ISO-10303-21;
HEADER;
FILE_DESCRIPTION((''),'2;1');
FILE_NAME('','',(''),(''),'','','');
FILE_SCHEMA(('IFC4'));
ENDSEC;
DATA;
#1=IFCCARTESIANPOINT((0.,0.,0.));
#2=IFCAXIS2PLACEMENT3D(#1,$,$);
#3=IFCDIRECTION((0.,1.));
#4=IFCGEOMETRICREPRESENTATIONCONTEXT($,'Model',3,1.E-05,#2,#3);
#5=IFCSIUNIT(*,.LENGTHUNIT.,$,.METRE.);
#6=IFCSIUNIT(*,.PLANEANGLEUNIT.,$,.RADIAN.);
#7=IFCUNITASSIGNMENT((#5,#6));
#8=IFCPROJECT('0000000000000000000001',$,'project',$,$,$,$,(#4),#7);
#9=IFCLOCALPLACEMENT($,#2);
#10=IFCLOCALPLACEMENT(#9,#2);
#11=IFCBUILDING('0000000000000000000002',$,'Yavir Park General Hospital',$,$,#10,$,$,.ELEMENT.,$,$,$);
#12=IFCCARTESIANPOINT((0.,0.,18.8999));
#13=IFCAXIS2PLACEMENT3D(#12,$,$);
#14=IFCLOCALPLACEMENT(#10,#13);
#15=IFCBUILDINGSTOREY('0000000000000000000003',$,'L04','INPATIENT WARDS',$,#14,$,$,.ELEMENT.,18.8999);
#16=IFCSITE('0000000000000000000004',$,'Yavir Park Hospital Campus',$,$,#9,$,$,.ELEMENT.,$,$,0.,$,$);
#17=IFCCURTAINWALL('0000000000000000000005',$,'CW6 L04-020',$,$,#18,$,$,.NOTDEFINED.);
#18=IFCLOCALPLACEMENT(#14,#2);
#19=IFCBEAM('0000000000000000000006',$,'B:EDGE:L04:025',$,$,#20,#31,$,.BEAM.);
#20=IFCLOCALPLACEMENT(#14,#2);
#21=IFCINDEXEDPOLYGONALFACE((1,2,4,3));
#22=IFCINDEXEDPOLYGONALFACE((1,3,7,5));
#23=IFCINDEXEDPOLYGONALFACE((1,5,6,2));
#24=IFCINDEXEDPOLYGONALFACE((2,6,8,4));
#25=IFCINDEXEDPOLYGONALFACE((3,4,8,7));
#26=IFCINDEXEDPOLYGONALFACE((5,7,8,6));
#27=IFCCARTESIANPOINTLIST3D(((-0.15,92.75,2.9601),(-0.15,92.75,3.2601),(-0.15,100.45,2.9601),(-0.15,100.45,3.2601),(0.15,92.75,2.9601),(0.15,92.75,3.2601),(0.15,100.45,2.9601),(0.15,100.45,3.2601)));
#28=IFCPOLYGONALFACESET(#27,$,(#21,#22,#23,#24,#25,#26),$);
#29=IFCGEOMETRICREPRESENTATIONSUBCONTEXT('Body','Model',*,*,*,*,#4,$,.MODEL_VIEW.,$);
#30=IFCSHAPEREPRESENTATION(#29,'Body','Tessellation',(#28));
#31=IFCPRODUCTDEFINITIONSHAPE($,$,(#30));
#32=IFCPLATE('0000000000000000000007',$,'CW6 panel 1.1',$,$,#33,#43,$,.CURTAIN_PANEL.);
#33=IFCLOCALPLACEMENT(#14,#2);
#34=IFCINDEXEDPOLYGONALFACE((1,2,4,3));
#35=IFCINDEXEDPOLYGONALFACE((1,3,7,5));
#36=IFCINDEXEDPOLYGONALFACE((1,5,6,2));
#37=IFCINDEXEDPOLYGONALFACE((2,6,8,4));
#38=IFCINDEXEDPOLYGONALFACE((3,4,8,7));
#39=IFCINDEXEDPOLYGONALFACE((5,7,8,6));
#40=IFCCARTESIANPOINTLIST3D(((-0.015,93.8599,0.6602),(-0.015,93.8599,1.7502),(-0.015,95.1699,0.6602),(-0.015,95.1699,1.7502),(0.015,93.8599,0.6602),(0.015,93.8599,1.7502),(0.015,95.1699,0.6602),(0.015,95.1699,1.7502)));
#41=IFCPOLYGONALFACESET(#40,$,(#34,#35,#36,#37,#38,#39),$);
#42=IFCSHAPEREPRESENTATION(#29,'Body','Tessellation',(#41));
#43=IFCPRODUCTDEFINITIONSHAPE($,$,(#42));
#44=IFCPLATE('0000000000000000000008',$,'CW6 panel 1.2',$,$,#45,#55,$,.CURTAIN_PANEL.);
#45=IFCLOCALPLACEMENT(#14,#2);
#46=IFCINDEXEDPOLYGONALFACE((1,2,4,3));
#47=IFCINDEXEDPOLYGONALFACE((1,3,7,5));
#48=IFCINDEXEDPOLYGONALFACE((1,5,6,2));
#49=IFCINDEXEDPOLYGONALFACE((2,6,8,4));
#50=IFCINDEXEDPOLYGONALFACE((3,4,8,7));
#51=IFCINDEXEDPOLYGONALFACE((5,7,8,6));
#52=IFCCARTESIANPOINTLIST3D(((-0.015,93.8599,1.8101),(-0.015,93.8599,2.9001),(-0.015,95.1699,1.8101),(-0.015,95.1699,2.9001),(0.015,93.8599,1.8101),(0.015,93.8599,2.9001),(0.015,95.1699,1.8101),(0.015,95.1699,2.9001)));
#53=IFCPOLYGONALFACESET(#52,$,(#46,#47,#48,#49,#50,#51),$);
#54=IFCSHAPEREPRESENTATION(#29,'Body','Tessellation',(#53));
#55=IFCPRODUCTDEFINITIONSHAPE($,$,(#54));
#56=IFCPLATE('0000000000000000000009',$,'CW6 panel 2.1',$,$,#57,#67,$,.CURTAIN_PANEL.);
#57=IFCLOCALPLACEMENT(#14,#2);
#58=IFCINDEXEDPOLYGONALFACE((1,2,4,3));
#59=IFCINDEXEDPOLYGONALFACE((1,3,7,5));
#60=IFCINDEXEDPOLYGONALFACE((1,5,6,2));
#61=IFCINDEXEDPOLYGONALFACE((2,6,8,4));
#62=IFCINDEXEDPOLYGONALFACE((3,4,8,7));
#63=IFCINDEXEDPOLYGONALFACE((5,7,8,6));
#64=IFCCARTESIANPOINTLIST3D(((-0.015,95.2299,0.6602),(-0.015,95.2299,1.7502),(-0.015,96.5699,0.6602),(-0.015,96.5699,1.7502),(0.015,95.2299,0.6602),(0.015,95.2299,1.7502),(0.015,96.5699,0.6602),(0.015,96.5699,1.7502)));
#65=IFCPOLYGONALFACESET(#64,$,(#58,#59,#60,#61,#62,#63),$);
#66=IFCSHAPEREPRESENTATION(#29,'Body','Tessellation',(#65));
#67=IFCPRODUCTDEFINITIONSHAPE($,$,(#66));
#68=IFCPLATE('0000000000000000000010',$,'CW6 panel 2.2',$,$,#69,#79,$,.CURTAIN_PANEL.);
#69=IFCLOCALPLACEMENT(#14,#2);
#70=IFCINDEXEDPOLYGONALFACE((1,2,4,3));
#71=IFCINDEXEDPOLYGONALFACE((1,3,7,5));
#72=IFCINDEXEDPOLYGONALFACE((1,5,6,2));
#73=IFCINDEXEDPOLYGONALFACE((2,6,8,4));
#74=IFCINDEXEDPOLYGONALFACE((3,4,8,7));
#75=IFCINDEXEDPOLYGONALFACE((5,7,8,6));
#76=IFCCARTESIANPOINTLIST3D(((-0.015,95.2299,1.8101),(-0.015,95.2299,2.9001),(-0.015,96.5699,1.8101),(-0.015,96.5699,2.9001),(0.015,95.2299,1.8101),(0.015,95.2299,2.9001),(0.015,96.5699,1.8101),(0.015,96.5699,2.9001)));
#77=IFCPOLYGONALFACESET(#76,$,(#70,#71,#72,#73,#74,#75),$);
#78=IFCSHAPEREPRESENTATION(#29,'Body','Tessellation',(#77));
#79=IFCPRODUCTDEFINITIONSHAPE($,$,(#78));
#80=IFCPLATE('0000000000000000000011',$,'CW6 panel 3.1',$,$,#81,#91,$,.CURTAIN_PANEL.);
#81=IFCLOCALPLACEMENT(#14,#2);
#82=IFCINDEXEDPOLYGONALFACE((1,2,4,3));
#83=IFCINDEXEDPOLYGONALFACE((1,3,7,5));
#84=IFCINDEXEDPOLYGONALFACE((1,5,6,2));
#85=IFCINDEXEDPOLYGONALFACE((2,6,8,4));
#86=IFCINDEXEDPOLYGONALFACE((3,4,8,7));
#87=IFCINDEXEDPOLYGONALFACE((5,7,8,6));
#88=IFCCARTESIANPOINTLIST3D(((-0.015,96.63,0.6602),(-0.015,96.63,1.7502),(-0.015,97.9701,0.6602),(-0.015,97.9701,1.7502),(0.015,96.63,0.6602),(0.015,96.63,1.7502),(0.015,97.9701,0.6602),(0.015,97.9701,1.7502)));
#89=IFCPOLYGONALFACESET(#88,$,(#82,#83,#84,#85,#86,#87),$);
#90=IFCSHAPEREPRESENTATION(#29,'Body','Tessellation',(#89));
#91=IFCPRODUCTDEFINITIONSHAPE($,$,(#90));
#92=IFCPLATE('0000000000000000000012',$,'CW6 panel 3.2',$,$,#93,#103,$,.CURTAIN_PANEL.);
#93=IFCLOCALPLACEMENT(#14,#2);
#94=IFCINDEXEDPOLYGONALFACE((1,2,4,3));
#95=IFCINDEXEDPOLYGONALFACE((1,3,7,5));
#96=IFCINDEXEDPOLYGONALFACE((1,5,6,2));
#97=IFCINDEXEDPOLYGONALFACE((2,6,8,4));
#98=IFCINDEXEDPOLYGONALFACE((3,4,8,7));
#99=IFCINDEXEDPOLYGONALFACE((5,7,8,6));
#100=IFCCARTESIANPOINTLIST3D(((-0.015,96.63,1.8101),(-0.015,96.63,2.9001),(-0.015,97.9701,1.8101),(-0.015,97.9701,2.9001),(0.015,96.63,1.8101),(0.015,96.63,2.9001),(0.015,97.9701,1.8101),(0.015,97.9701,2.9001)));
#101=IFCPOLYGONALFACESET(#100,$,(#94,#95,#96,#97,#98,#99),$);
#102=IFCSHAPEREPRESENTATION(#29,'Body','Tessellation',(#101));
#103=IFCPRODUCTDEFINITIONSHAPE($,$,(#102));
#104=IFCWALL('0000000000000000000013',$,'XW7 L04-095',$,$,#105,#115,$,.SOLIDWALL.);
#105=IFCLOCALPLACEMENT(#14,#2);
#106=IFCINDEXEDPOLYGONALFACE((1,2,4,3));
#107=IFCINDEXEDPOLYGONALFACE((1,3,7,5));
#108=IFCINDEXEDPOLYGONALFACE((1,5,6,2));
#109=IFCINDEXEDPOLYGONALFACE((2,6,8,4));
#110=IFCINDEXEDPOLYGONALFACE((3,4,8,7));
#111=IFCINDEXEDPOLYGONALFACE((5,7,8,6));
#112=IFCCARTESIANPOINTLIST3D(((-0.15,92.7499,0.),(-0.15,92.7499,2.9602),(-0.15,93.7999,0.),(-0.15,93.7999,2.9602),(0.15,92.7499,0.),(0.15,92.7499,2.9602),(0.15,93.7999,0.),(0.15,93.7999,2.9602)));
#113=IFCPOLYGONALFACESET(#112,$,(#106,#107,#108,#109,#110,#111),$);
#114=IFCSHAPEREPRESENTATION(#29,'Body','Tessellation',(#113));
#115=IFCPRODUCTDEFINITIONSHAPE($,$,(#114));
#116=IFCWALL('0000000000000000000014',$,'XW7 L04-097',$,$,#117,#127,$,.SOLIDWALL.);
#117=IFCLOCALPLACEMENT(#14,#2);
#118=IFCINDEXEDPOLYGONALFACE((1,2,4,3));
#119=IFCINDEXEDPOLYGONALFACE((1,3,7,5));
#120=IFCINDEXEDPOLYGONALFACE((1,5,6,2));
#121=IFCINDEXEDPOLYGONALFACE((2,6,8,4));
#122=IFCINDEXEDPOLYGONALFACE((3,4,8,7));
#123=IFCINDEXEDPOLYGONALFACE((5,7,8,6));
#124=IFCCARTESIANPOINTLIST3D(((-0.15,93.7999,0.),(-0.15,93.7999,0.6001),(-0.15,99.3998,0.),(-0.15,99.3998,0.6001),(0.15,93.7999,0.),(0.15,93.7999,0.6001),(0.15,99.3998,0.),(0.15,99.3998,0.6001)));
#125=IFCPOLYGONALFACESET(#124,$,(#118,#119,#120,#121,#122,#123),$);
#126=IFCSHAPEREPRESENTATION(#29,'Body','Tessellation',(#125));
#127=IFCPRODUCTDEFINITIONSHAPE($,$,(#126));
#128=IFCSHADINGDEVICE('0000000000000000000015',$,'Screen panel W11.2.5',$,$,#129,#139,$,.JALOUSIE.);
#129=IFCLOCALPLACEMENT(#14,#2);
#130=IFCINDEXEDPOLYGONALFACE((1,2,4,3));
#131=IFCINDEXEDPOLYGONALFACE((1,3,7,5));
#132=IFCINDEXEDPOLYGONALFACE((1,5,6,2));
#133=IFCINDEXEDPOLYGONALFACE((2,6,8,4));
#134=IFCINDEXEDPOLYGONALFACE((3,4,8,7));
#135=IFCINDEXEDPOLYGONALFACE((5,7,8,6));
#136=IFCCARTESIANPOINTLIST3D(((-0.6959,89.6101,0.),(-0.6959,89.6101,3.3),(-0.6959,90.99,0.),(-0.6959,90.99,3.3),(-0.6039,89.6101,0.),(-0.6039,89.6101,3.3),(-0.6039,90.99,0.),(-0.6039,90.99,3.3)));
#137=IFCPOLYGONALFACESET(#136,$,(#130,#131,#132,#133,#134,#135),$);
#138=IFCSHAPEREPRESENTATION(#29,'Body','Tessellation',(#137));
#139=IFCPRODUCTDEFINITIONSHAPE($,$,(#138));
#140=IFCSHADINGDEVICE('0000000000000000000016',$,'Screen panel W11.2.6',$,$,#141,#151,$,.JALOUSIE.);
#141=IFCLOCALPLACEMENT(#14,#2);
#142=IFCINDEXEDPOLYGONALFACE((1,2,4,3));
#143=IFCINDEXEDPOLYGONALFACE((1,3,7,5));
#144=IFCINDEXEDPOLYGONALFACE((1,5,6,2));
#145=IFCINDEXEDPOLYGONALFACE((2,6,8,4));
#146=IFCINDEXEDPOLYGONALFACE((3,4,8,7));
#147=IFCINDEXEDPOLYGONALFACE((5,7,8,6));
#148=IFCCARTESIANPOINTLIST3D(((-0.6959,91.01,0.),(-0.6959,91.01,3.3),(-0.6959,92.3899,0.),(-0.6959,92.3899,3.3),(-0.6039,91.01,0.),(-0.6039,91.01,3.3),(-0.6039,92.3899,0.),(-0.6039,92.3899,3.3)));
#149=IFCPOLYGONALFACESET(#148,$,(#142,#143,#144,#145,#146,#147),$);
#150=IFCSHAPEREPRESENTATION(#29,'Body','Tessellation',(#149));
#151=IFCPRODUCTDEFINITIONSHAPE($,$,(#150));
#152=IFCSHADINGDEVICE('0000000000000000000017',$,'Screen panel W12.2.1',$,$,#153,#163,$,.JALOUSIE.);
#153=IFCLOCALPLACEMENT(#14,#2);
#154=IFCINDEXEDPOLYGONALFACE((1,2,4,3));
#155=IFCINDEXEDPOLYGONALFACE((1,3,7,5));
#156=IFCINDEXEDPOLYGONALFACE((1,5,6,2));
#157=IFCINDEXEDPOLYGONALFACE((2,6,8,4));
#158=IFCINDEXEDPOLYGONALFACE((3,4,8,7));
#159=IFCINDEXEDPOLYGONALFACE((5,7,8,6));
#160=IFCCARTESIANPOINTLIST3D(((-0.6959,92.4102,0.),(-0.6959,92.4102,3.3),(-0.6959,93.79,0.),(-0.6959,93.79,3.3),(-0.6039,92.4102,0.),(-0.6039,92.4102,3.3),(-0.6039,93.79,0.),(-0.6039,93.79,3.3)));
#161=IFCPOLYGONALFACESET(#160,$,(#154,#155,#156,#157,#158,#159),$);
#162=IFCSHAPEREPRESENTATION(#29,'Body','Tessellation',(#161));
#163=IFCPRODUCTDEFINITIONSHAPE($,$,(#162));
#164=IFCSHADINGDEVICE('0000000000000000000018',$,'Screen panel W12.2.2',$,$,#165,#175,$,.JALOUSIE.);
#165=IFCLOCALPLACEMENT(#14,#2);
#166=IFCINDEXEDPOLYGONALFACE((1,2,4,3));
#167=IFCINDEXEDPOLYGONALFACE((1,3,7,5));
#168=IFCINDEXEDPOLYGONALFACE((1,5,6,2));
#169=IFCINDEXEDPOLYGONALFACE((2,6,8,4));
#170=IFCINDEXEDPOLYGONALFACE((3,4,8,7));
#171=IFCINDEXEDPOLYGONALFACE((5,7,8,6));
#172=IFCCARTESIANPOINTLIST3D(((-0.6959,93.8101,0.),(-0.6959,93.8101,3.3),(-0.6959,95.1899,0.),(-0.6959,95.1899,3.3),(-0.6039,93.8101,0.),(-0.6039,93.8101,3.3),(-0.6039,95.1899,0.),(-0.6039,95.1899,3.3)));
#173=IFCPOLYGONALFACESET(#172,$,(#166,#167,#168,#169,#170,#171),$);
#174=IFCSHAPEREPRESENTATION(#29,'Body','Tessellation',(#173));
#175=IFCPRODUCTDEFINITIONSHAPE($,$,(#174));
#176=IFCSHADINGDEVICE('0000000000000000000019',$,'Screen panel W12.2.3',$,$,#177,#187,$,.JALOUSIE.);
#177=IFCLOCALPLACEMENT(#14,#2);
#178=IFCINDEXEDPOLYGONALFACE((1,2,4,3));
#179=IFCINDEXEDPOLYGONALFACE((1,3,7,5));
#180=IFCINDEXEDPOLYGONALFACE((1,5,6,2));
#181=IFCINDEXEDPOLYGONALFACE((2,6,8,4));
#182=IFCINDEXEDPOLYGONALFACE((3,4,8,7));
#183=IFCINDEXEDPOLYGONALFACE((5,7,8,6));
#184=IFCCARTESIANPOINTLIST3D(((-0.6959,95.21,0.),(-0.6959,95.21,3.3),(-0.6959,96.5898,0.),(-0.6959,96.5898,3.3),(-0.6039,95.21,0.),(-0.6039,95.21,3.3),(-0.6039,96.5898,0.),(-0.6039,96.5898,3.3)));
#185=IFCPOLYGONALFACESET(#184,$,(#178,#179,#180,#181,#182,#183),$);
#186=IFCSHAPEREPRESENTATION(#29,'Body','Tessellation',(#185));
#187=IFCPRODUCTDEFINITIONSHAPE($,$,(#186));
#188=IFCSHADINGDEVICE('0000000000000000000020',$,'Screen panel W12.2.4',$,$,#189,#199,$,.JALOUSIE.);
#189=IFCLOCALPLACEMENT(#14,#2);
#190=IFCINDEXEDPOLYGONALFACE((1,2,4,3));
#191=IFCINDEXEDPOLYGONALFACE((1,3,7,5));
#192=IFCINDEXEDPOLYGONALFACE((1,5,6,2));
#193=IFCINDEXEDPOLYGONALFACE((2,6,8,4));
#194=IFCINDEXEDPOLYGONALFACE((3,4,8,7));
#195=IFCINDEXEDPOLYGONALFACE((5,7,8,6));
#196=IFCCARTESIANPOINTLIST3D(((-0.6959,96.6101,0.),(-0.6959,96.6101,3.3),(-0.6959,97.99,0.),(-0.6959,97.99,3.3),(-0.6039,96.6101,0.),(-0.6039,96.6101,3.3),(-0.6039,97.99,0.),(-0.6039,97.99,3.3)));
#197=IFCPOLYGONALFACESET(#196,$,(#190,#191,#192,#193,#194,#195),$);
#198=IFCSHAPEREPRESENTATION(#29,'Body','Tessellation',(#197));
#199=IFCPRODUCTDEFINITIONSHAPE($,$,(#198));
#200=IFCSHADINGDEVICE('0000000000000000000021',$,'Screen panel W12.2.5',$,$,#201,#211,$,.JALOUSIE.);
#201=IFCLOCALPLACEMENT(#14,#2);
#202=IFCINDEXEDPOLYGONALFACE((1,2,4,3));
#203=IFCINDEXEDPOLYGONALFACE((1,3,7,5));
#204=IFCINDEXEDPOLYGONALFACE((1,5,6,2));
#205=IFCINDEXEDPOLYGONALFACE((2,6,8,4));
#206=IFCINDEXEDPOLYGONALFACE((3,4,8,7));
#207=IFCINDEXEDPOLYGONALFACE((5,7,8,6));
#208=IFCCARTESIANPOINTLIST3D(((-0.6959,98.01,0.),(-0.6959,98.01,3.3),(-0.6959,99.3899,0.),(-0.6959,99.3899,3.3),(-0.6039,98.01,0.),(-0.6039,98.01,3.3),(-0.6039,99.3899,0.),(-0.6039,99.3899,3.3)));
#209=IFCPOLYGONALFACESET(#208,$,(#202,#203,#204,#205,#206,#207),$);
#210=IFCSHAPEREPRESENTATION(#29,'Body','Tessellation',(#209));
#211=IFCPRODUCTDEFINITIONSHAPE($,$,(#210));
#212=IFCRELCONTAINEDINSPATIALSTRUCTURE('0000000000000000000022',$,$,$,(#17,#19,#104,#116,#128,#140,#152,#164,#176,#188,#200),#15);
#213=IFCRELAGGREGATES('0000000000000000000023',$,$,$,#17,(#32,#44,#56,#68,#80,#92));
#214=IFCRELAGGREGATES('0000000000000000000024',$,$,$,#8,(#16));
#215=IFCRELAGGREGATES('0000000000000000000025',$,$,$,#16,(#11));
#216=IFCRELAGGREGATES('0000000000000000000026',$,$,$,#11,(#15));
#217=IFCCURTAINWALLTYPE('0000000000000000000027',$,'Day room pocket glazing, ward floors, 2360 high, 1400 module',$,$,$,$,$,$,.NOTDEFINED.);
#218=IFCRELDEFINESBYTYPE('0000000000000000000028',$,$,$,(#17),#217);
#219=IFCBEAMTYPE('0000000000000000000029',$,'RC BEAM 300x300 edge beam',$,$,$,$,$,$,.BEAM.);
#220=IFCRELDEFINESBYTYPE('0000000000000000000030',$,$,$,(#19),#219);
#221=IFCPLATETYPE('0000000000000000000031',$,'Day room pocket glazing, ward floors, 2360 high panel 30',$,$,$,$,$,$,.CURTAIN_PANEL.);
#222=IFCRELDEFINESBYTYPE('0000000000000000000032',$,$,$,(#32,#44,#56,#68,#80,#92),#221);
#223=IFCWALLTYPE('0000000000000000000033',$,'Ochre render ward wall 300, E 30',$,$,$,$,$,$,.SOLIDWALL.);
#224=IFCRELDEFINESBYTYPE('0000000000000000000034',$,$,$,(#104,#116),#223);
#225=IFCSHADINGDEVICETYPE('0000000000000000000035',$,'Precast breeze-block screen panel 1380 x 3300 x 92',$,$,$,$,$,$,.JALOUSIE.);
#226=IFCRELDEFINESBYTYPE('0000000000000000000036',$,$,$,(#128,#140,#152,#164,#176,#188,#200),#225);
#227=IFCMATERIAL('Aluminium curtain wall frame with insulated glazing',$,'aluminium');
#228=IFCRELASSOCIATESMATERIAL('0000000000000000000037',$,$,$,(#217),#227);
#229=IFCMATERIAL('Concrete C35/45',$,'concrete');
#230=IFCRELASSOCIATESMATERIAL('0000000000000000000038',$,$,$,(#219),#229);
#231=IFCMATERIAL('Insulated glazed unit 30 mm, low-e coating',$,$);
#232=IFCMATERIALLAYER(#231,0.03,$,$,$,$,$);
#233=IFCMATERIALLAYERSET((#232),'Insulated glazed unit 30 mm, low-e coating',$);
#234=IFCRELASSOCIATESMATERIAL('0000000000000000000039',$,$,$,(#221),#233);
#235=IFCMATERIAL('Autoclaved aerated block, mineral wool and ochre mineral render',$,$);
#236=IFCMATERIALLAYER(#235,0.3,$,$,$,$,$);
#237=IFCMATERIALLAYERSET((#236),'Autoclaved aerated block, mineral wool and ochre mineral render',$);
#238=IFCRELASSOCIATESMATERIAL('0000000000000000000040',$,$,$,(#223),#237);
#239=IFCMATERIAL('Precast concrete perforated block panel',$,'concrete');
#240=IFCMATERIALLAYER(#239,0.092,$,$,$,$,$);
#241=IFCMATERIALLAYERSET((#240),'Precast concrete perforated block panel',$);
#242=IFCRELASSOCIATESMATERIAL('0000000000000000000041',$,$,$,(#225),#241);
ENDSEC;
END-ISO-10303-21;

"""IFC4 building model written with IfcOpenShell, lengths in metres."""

from ifc_helpers import new_model, si_unit, direction, frame, frame_2d, origin, origin_2d, place, context, subcontext, project, spatial, rectangle, extrude, material, layer, layer_set, material_profile, profile_set, type_object, element, aggregate, save


model = new_model("IFC4")

# Units and contexts
model_context = context("Model", 3, precision=1e-05, world=origin(), true_north=direction((0.0, 1.0)))
body_context = subcontext(model_context, "Body", "Model", "MODEL_VIEW")
ifc_project = project(units=[si_unit("LENGTHUNIT", "METRE"), si_unit("PLANEANGLEUNIT", "RADIAN")], contexts=[model_context])

# Site, building, storey
site_placement = place(None, origin())
site = spatial("IfcSite", under=ifc_project, at=site_placement, Name="Yavir Park Hospital Campus", CompositionType="ELEMENT", RefElevation=0.0)
building_placement = place(site_placement, origin())
building = spatial("IfcBuilding", under=site, at=building_placement, Name="Yavir Park General Hospital", CompositionType="ELEMENT")
storey_placement = place(building_placement, frame((0.0, 0.0, 18.8999)))
storey = spatial("IfcBuildingStorey", under=building, at=storey_placement, Name="L04", Description="INPATIENT WARDS", CompositionType="ELEMENT", Elevation=18.8999)

# Curtain wall
ifc_material_1 = material(Name="Aluminium curtain wall frame with insulated glazing", Category="aluminium")
curtain_wall_type = type_object("IfcCurtainWallType", Name="Day room pocket glazing, ward floors, 2360 high, 1400 module", PredefinedType="NOTDEFINED", material=ifc_material_1)
curtain_wall_placement = place(storey_placement, origin())
curtain_wall = element("IfcCurtainWall", 1, at=curtain_wall_placement, inside=storey, type_object=curtain_wall_type, Name="CW6 L04-020", PredefinedType="NOTDEFINED")

# Beam
ifc_material_2 = material(Name="Concrete C35/45", Category="concrete")
ifc_material_profile_1 = material_profile(ifc_material_2, rectangle(XDim=0.3, YDim=0.3, at=origin_2d()), Name="RC300x300")
ifc_profile_set_1 = profile_set([ifc_material_profile_1], Name="Concrete C35/45")
beam_type = type_object("IfcBeamType", Name="RC BEAM 300x300 edge beam", PredefinedType="BEAM", material=ifc_profile_set_1)
beam_placement = place(storey_placement, frame((0.0, 92.75, 3.1101), z_axis=(0.0, 1.0, 0.0), x_axis=(-1.0, 0.0, 0.0)))
element("IfcBeam", 2, at=beam_placement, inside=storey, type_object=beam_type, Name="B:EDGE:L04:025", PredefinedType="BEAM", context=body_context, shape_type="SweptSolid", body=[
    extrude(rectangle(XDim=0.3, YDim=0.3, at=origin_2d()), origin(), (0.0, 0.0, 1.0), 7.7),
])

# Plates
ifc_material_3 = material(Name="Insulated glazed unit 30 mm, low-e coating")
ifc_layer_1 = layer(ifc_material_3, 0.03)
ifc_layer_set_1 = layer_set([ifc_layer_1], Name="Insulated glazed unit 30 mm, low-e coating")
plate_type = type_object("IfcPlateType", Name="Day room pocket glazing, ward floors, 2360 high panel 30", PredefinedType="CURTAIN_PANEL", material=ifc_layer_set_1)
plate_1_placement = place(storey_placement, frame((0.0, 94.5149, 0.6602), z_axis=(0.0, 0.0, 1.0), x_axis=(0.0, 1.0, 0.0)))
plate_1 = element("IfcPlate", 3, at=plate_1_placement, type_object=plate_type, Name="CW6 panel 1.1", PredefinedType="CURTAIN_PANEL", context=body_context, shape_type="SweptSolid", body=[
    extrude(rectangle(XDim=1.3101, YDim=0.03, at=origin_2d()), origin(), (0.0, 0.0, 1.0), 1.0901),
])
plate_2_placement = place(storey_placement, frame((0.0, 94.5149, 1.8101), z_axis=(0.0, 0.0, 1.0), x_axis=(0.0, 1.0, 0.0)))
plate_2 = element("IfcPlate", 4, at=plate_2_placement, type_object=plate_type, Name="CW6 panel 1.2", PredefinedType="CURTAIN_PANEL", context=body_context, shape_type="SweptSolid", body=[
    extrude(rectangle(XDim=1.3101, YDim=0.03, at=origin_2d()), origin(), (0.0, 0.0, 1.0), 1.0901),
])
plate_3_placement = place(storey_placement, frame((0.0, 95.8999, 0.6602), z_axis=(0.0, 0.0, 1.0), x_axis=(0.0, 1.0, 0.0)))
plate_3 = element("IfcPlate", 5, at=plate_3_placement, type_object=plate_type, Name="CW6 panel 2.1", PredefinedType="CURTAIN_PANEL", context=body_context, shape_type="SweptSolid", body=[
    extrude(rectangle(XDim=1.3401, YDim=0.03, at=origin_2d()), origin(), (0.0, 0.0, 1.0), 1.0901),
])
plate_4_placement = place(storey_placement, frame((0.0, 95.8999, 1.8101), z_axis=(0.0, 0.0, 1.0), x_axis=(0.0, 1.0, 0.0)))
plate_4 = element("IfcPlate", 6, at=plate_4_placement, type_object=plate_type, Name="CW6 panel 2.2", PredefinedType="CURTAIN_PANEL", context=body_context, shape_type="SweptSolid", body=[
    extrude(rectangle(XDim=1.3401, YDim=0.03, at=origin_2d()), origin(), (0.0, 0.0, 1.0), 1.0901),
])
plate_5_placement = place(storey_placement, frame((0.0, 97.3, 0.6602), z_axis=(0.0, 0.0, 1.0), x_axis=(0.0, 1.0, 0.0)))
plate_5 = element("IfcPlate", 7, at=plate_5_placement, type_object=plate_type, Name="CW6 panel 3.1", PredefinedType="CURTAIN_PANEL", context=body_context, shape_type="SweptSolid", body=[
    extrude(rectangle(XDim=1.3401, YDim=0.03, at=origin_2d()), origin(), (0.0, 0.0, 1.0), 1.0901),
])
plate_6_placement = place(storey_placement, frame((0.0, 97.3, 1.8101), z_axis=(0.0, 0.0, 1.0), x_axis=(0.0, 1.0, 0.0)))
plate_6 = element("IfcPlate", 8, at=plate_6_placement, type_object=plate_type, Name="CW6 panel 3.2", PredefinedType="CURTAIN_PANEL", context=body_context, shape_type="SweptSolid", body=[
    extrude(rectangle(XDim=1.3401, YDim=0.03, at=origin_2d()), origin(), (0.0, 0.0, 1.0), 1.0901),
])
aggregate(curtain_wall, [plate_1, plate_2, plate_3, plate_4, plate_5, plate_6])

# Walls
ifc_material_4 = material(Name="Autoclaved aerated block, mineral wool and ochre mineral render")
ifc_layer_2 = layer(ifc_material_4, 0.3)
ifc_layer_set_2 = layer_set([ifc_layer_2], Name="Autoclaved aerated block, mineral wool and ochre mineral render")
wall_type = type_object("IfcWallType", Name="Ochre render ward wall 300, E 30", PredefinedType="SOLIDWALL", material=ifc_layer_set_2)
wall_1_placement = place(storey_placement, frame((0.0, 92.75, 0.0), z_axis=(0.0, 0.0, 1.0), x_axis=(0.0, 1.0, 0.0)))
element("IfcWall", 9, at=wall_1_placement, inside=storey, type_object=wall_type, Name="XW7 L04-095", PredefinedType="SOLIDWALL", context=body_context, shape_type="SweptSolid", body=[
    extrude(rectangle(XDim=1.05, YDim=0.3, at=frame_2d((0.5249, 0.0))), origin(), (0.0, 0.0, 1.0), 2.9602),
])
wall_2_placement = place(storey_placement, frame((0.0, 93.8, 0.0), z_axis=(0.0, 0.0, 1.0), x_axis=(0.0, 1.0, 0.0)))
element("IfcWall", 10, at=wall_2_placement, inside=storey, type_object=wall_type, Name="XW7 L04-097", PredefinedType="SOLIDWALL", context=body_context, shape_type="SweptSolid", body=[
    extrude(rectangle(XDim=5.5999, YDim=0.3, at=frame_2d((2.7998, 0.0))), origin(), (0.0, 0.0, 1.0), 0.6001),
])

# Shading devices
ifc_material_5 = material(Name="Precast concrete perforated block panel", Category="concrete")
ifc_layer_3 = layer(ifc_material_5, 0.092)
ifc_layer_set_3 = layer_set([ifc_layer_3], Name="Precast concrete perforated block panel")
shading_device_type = type_object("IfcShadingDeviceType", Name="Precast breeze-block screen panel 1380 x 3300 x 92", PredefinedType="JALOUSIE", material=ifc_layer_set_3)
for number, where, z_axis, x_axis, name in (
    (11, (-0.6499, 90.3, 0.0), (0.0, 0.0, 1.0), (1.0, 0.0, 0.0), "Screen panel W11.2.5"),
    (12, (-0.6499, 91.7, 0.0), (0.0, 0.0, 1.0), (1.0, 0.0, 0.0), "Screen panel W11.2.6"),
    (13, (-0.6499, 93.1001, 0.0), (0.0, 0.0, 1.0), (1.0, 0.0, 0.0), "Screen panel W12.2.1"),
    (14, (-0.6499, 94.5, 0.0), (0.0, 0.0, 1.0), (1.0, 0.0, 0.0), "Screen panel W12.2.2"),
    (15, (-0.6499, 95.8999, 0.0), (0.0, 0.0, 1.0), (1.0, 0.0, 0.0), "Screen panel W12.2.3"),
    (16, (-0.6499, 97.3, 0.0), (0.0, 0.0, 1.0), (1.0, 0.0, 0.0), "Screen panel W12.2.4"),
    (17, (-0.6499, 98.7, 0.0), (0.0, 0.0, 1.0), (1.0, 0.0, 0.0), "Screen panel W12.2.5"),
):
    element("IfcShadingDevice", number, at=place(storey_placement, frame(where, z_axis=z_axis, x_axis=x_axis)), inside=storey, type_object=shading_device_type, Name=name, PredefinedType="JALOUSIE", context=body_context, shape_type="SweptSolid", body=[
        extrude(rectangle(XDim=0.092, YDim=1.3799, at=origin_2d()), origin(), (0.0, 0.0, 1.0), 3.3),
    ])

save(model, "model.ifc")
